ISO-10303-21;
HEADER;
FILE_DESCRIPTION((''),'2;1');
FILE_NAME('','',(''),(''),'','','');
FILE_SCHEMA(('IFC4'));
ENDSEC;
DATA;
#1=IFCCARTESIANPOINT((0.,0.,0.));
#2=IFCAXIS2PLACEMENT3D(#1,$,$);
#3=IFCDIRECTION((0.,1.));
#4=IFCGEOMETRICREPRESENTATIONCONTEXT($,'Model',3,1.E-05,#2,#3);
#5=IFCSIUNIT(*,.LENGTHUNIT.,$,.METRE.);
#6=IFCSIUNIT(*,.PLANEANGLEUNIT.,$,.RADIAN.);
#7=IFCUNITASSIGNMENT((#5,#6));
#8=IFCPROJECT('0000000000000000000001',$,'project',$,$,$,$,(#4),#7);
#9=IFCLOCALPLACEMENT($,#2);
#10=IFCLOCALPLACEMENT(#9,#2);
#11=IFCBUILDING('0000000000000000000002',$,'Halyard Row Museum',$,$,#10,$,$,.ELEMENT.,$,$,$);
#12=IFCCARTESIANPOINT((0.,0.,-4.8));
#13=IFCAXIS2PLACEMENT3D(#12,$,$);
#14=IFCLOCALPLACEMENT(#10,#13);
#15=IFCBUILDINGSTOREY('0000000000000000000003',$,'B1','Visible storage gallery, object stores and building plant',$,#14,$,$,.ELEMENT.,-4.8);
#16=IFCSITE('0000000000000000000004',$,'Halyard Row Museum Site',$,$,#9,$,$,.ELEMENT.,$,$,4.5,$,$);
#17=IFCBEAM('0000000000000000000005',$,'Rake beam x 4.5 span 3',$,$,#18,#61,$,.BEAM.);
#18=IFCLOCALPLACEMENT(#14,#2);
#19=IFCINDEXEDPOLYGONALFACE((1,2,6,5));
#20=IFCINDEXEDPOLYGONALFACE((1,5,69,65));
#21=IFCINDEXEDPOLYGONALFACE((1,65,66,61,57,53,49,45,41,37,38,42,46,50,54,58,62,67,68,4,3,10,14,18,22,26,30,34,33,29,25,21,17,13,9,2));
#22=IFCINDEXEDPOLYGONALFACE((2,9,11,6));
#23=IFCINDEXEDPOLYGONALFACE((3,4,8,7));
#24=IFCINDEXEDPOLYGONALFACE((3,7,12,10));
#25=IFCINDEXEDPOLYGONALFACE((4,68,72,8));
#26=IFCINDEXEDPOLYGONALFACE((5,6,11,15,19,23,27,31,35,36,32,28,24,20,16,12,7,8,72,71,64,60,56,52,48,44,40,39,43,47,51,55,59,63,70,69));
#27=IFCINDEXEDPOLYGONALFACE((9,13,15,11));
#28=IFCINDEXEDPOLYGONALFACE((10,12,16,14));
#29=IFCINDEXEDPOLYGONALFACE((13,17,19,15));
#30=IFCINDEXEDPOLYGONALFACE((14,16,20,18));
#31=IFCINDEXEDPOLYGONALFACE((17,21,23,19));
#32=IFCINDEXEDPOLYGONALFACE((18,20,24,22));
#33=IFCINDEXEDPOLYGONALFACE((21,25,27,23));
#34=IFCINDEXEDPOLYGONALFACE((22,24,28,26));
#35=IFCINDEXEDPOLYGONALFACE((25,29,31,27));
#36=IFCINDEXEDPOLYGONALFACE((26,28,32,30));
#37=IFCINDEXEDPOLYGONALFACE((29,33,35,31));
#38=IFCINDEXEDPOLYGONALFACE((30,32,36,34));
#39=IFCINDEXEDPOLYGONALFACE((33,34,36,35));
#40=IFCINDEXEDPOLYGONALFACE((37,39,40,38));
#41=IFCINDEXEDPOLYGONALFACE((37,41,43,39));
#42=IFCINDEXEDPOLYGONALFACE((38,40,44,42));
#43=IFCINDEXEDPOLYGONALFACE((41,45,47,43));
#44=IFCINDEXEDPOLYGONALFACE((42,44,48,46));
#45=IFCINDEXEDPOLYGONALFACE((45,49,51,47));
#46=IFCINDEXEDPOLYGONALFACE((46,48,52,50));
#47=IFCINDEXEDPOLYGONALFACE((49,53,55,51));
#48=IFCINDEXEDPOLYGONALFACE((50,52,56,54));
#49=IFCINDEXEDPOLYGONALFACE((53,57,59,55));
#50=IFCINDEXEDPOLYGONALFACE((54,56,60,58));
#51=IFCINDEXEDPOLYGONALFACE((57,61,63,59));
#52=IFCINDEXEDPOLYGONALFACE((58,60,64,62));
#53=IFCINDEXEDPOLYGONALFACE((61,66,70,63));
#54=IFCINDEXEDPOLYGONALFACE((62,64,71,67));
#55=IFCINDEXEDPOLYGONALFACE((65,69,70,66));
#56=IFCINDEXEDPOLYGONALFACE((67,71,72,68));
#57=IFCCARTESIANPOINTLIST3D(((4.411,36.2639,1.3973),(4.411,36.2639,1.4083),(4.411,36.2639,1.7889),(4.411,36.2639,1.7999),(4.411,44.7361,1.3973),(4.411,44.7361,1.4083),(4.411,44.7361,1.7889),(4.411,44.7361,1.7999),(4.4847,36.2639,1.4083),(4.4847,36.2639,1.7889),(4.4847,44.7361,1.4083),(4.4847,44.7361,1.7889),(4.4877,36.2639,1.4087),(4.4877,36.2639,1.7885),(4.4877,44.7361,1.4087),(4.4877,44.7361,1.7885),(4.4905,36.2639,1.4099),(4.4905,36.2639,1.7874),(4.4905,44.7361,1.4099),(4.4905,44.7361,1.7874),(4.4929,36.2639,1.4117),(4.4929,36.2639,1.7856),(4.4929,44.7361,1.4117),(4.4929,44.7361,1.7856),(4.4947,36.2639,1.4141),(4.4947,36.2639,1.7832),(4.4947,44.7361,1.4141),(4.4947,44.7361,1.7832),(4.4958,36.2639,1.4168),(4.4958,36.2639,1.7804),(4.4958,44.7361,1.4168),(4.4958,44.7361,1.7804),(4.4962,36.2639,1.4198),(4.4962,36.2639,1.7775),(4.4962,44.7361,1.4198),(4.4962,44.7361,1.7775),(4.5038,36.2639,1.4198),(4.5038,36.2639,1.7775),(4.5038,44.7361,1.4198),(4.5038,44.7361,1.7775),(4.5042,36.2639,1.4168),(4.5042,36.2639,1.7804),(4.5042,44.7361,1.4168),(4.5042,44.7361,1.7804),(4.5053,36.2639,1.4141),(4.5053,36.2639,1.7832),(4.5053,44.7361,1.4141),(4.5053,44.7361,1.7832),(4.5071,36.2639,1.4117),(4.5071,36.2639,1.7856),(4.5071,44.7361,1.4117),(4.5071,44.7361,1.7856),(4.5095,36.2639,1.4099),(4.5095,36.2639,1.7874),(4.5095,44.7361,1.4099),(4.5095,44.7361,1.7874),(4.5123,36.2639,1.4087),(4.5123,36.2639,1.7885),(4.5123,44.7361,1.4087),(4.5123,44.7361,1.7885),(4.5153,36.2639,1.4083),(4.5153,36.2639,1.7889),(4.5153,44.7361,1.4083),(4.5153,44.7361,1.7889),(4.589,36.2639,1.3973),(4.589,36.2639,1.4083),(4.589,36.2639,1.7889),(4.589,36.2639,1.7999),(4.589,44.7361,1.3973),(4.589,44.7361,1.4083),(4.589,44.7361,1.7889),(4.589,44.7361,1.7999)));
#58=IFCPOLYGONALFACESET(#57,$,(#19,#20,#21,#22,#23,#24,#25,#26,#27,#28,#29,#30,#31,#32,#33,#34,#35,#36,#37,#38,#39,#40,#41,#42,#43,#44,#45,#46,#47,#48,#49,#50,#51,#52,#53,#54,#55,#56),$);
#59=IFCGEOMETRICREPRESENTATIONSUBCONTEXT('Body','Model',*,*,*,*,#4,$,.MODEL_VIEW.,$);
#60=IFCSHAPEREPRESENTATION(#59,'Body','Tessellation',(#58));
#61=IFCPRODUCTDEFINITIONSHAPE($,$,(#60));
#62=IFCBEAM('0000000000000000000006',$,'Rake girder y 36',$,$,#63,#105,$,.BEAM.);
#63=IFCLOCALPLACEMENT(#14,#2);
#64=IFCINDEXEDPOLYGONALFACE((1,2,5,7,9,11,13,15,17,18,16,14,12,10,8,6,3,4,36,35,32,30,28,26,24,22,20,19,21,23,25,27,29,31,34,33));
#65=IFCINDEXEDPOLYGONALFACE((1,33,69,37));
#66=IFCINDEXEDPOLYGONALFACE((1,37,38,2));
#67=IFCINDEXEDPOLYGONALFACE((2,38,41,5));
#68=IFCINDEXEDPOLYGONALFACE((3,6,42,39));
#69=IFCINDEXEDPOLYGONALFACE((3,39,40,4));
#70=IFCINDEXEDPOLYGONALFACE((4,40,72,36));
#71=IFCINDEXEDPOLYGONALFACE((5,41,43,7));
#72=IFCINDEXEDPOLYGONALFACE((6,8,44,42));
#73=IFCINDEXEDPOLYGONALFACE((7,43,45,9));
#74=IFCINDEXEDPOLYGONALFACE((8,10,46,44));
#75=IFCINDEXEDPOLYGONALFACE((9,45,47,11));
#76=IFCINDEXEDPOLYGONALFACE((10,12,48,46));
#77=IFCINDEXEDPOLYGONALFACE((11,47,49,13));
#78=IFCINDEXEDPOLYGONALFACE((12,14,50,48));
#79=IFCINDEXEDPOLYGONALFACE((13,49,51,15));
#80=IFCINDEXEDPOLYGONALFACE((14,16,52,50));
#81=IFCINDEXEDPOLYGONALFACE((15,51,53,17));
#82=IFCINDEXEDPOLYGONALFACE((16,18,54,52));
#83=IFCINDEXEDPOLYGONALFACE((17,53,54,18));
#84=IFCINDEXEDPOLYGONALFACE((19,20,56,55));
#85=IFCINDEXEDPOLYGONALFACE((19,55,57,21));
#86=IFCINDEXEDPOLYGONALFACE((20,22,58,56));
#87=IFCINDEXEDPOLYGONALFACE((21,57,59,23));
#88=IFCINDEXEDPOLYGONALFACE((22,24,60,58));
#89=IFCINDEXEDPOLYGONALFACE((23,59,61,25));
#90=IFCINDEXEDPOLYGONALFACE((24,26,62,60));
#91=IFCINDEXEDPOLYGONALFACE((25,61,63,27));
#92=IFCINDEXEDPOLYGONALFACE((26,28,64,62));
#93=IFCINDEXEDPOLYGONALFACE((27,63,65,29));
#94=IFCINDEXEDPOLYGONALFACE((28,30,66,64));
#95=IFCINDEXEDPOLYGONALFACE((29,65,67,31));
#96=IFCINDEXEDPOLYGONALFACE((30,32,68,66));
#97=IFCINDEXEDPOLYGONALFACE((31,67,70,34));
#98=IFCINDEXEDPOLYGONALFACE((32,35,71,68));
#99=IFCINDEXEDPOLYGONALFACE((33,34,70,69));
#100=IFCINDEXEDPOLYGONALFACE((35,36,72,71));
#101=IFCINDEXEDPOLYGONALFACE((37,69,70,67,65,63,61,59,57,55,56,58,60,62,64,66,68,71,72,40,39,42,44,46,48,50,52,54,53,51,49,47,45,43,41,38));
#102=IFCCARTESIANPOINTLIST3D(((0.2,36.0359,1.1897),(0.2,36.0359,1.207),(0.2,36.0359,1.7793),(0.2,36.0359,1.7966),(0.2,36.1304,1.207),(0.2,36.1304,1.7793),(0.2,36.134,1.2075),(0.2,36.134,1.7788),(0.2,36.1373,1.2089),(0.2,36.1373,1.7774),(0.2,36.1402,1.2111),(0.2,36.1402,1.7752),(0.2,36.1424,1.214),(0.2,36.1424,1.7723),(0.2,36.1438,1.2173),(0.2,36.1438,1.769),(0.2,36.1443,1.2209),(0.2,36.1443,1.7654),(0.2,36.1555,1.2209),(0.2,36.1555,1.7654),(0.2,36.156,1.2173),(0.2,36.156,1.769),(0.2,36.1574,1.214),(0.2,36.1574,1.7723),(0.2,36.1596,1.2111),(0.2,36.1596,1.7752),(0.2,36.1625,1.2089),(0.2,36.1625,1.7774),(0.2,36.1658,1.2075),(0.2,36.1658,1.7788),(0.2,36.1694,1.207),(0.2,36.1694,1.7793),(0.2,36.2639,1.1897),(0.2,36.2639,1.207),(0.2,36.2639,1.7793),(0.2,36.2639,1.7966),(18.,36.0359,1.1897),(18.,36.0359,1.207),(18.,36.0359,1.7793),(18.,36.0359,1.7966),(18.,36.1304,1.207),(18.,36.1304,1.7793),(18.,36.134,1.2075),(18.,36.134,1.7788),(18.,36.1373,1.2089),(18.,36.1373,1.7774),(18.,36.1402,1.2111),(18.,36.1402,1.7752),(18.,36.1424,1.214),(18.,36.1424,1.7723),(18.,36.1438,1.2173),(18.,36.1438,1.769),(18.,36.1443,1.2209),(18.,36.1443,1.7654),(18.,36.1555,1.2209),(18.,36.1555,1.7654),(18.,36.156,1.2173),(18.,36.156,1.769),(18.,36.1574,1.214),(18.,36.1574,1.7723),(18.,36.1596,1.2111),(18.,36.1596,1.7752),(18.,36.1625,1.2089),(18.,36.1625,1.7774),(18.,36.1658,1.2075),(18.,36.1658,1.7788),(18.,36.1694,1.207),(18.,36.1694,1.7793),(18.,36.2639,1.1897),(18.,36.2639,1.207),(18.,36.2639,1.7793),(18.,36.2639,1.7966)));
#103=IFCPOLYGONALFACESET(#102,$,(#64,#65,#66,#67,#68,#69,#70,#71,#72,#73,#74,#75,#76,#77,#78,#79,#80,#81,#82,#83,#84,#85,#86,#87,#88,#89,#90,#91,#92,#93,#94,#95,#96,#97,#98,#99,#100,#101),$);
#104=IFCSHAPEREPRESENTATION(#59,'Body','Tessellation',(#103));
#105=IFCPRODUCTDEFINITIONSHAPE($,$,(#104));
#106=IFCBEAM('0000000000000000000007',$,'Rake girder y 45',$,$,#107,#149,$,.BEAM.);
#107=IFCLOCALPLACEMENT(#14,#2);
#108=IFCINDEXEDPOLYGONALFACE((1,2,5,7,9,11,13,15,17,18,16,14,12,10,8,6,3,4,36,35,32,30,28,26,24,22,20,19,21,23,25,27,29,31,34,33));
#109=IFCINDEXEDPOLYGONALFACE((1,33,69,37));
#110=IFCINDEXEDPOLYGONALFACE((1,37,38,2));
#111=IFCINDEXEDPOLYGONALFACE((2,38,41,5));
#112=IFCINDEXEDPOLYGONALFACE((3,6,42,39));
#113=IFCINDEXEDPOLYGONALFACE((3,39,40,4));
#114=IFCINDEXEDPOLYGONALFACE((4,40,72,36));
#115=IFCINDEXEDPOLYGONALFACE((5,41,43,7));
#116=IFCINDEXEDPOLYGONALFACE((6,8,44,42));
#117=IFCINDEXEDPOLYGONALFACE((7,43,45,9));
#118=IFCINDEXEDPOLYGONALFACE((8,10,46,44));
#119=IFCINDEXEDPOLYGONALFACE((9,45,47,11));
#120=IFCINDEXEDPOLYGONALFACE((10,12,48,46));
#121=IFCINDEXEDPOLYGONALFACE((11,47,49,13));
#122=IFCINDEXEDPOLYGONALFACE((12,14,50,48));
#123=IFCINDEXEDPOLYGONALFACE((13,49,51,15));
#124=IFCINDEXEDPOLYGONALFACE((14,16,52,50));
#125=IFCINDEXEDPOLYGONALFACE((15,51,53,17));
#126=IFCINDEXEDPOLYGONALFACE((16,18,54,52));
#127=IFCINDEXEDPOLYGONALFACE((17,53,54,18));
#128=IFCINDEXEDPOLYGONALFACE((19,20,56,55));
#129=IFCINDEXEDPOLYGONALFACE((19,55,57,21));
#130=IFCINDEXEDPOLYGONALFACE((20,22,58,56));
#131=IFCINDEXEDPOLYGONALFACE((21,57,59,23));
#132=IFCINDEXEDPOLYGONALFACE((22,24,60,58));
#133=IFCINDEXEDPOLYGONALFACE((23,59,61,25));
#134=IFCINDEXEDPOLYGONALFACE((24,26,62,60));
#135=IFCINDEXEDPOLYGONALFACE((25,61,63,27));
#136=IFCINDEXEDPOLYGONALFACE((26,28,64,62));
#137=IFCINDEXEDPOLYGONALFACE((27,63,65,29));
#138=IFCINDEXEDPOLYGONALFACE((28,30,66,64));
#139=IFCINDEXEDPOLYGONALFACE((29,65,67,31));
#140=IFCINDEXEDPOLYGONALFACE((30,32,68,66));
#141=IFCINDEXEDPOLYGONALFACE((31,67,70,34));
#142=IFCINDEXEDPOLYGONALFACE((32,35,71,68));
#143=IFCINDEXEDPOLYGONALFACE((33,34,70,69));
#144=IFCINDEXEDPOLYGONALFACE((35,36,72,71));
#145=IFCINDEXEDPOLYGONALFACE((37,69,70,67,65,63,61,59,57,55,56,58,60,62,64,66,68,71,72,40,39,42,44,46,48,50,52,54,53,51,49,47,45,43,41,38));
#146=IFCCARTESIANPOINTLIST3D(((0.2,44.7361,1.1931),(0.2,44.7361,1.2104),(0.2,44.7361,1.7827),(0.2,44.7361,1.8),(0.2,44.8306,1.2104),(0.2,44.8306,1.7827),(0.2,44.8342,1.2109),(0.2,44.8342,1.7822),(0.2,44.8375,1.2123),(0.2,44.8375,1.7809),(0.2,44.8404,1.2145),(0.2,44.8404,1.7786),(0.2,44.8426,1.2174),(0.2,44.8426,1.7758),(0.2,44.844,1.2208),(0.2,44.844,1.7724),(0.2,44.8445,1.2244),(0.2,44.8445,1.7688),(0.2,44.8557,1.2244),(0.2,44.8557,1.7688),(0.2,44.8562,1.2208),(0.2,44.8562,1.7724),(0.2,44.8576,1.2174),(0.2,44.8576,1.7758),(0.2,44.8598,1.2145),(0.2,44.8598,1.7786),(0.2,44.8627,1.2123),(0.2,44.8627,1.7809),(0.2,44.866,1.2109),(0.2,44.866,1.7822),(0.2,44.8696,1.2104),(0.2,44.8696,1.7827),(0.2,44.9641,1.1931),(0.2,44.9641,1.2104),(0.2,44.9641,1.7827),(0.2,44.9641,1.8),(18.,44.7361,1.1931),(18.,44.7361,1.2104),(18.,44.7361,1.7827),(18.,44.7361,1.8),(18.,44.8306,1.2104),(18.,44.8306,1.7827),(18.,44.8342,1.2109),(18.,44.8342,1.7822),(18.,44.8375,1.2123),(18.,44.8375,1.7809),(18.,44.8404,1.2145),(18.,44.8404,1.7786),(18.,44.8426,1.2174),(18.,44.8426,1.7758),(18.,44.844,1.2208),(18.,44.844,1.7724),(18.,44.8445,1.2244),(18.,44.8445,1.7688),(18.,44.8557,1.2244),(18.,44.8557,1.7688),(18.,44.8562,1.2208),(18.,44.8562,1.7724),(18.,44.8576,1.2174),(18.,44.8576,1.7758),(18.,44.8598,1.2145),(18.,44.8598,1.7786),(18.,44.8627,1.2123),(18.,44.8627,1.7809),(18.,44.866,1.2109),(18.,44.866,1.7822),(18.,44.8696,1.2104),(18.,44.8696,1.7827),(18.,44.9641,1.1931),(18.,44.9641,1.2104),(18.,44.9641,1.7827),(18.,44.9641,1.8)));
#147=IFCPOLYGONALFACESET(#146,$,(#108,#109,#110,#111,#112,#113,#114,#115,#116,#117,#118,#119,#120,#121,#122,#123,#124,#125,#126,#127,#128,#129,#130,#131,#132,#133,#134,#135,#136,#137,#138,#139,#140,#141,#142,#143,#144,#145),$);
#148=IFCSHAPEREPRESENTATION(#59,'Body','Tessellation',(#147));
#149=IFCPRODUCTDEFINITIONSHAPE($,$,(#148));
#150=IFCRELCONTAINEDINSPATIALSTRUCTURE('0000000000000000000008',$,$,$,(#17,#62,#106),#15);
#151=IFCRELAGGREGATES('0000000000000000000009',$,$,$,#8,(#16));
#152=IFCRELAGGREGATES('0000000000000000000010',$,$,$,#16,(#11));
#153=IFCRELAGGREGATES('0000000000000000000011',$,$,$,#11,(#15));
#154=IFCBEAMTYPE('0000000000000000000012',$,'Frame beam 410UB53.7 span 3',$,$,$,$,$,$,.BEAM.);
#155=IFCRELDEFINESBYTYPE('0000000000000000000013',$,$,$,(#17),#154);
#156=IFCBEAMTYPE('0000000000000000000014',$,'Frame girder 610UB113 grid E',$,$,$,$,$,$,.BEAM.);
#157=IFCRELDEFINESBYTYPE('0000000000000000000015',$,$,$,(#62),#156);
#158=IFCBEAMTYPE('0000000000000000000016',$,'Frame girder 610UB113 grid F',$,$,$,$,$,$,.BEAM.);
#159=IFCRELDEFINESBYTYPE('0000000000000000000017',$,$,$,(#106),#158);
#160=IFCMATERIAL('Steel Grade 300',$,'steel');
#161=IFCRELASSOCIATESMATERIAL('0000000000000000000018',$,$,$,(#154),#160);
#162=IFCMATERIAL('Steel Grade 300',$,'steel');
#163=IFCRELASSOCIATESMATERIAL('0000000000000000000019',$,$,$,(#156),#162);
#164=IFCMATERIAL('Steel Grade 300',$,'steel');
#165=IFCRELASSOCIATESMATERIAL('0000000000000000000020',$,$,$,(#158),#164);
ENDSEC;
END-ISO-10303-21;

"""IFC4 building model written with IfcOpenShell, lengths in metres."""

from ifc_helpers import new_model, si_unit, direction, frame, origin, origin_2d, place, context, subcontext, project, spatial, i_section, extrude, material, material_profile, profile_set, type_object, element, save


model = new_model("IFC4")

# Units and contexts
model_context = context("Model", 3, precision=1e-05, world=origin(), true_north=direction((0.0, 1.0)))
body_context = subcontext(model_context, "Body", "Model", "MODEL_VIEW")
ifc_project = project(units=[si_unit("LENGTHUNIT", "METRE"), si_unit("PLANEANGLEUNIT", "RADIAN")], contexts=[model_context])

# Site, building, storey
site_placement = place(None, origin())
site = spatial("IfcSite", under=ifc_project, at=site_placement, Name="Halyard Row Museum Site", CompositionType="ELEMENT", RefElevation=4.5)
building_placement = place(site_placement, origin())
building = spatial("IfcBuilding", under=site, at=building_placement, Name="Halyard Row Museum", CompositionType="ELEMENT")
storey_placement = place(building_placement, frame((0.0, 0.0, -4.8)))
storey = spatial("IfcBuildingStorey", under=building, at=storey_placement, Name="B1", Description="Visible storage gallery, object stores and building plant", CompositionType="ELEMENT", Elevation=-4.8)

# Beams
ifc_material_1 = material(Name="Steel Grade 300", Category="steel")
ifc_material_profile_1 = material_profile(ifc_material_1, i_section(OverallWidth=0.178, OverallDepth=0.4026, WebThickness=0.0076, FlangeThickness=0.011, FilletRadius=0.0115, at=origin_2d()), Name="410UB53.7")
ifc_profile_set_1 = profile_set([ifc_material_profile_1], Name="Steel Grade 300")
beam_type_1 = type_object("IfcBeamType", Name="Frame beam 410UB53.7 span 3", PredefinedType="BEAM", material=ifc_profile_set_1)
for number, where, z_axis, x_axis, name in (
    (1, (4.5, 36.2639, 1.5986), (0.0, 1.0, 0.0), (-1.0, 0.0, 0.0), "Rake beam x 4.5 span 3"),
):
    element("IfcBeam", number, at=place(storey_placement, frame(where, z_axis=z_axis, x_axis=x_axis)), inside=storey, type_object=beam_type_1, Name=name, PredefinedType="BEAM", context=body_context, shape_type="SweptSolid", body=[
        extrude(i_section(OverallWidth=0.178, OverallDepth=0.4026, WebThickness=0.0076, FlangeThickness=0.011, FilletRadius=0.0115, at=origin_2d()), origin(), (0.0, 0.0, 1.0), 8.4722),
    ])
ifc_material_2 = material(Name="Steel Grade 300", Category="steel")
ifc_material_profile_2 = material_profile(ifc_material_2, i_section(OverallWidth=0.228, OverallDepth=0.6069, WebThickness=0.0112, FlangeThickness=0.0173, FilletRadius=0.0139, at=origin_2d()), Name="610UB113")
ifc_profile_set_2 = profile_set([ifc_material_profile_2], Name="Steel Grade 300")
beam_type_2 = type_object("IfcBeamType", Name="Frame girder 610UB113 grid E", PredefinedType="BEAM", material=ifc_profile_set_2)
beam_1_placement = place(storey_placement, frame((0.2, 36.1499, 1.4932), z_axis=(1.0, 0.0, 0.0), x_axis=(0.0, 1.0, 0.0)))
element("IfcBeam", 2, at=beam_1_placement, inside=storey, type_object=beam_type_2, Name="Rake girder y 36", PredefinedType="BEAM", context=body_context, shape_type="SweptSolid", body=[
    extrude(i_section(OverallWidth=0.228, OverallDepth=0.6069, WebThickness=0.0112, FlangeThickness=0.0173, FilletRadius=0.0139, at=origin_2d()), origin(), (0.0, 0.0, 1.0), 17.8),
])
ifc_material_3 = material(Name="Steel Grade 300", Category="steel")
ifc_material_profile_3 = material_profile(ifc_material_3, i_section(OverallWidth=0.228, OverallDepth=0.6069, WebThickness=0.0112, FlangeThickness=0.0173, FilletRadius=0.0139, at=origin_2d()), Name="610UB113")
ifc_profile_set_3 = profile_set([ifc_material_profile_3], Name="Steel Grade 300")
beam_type_3 = type_object("IfcBeamType", Name="Frame girder 610UB113 grid F", PredefinedType="BEAM", material=ifc_profile_set_3)
beam_2_placement = place(storey_placement, frame((0.2, 44.8501, 1.4966), z_axis=(1.0, 0.0, 0.0), x_axis=(0.0, 1.0, 0.0)))
element("IfcBeam", 3, at=beam_2_placement, inside=storey, type_object=beam_type_3, Name="Rake girder y 45", PredefinedType="BEAM", context=body_context, shape_type="SweptSolid", body=[
    extrude(i_section(OverallWidth=0.228, OverallDepth=0.6069, WebThickness=0.0112, FlangeThickness=0.0173, FilletRadius=0.0139, at=origin_2d()), origin(), (0.0, 0.0, 1.0), 17.8),
])

save(model, "model.ifc")
